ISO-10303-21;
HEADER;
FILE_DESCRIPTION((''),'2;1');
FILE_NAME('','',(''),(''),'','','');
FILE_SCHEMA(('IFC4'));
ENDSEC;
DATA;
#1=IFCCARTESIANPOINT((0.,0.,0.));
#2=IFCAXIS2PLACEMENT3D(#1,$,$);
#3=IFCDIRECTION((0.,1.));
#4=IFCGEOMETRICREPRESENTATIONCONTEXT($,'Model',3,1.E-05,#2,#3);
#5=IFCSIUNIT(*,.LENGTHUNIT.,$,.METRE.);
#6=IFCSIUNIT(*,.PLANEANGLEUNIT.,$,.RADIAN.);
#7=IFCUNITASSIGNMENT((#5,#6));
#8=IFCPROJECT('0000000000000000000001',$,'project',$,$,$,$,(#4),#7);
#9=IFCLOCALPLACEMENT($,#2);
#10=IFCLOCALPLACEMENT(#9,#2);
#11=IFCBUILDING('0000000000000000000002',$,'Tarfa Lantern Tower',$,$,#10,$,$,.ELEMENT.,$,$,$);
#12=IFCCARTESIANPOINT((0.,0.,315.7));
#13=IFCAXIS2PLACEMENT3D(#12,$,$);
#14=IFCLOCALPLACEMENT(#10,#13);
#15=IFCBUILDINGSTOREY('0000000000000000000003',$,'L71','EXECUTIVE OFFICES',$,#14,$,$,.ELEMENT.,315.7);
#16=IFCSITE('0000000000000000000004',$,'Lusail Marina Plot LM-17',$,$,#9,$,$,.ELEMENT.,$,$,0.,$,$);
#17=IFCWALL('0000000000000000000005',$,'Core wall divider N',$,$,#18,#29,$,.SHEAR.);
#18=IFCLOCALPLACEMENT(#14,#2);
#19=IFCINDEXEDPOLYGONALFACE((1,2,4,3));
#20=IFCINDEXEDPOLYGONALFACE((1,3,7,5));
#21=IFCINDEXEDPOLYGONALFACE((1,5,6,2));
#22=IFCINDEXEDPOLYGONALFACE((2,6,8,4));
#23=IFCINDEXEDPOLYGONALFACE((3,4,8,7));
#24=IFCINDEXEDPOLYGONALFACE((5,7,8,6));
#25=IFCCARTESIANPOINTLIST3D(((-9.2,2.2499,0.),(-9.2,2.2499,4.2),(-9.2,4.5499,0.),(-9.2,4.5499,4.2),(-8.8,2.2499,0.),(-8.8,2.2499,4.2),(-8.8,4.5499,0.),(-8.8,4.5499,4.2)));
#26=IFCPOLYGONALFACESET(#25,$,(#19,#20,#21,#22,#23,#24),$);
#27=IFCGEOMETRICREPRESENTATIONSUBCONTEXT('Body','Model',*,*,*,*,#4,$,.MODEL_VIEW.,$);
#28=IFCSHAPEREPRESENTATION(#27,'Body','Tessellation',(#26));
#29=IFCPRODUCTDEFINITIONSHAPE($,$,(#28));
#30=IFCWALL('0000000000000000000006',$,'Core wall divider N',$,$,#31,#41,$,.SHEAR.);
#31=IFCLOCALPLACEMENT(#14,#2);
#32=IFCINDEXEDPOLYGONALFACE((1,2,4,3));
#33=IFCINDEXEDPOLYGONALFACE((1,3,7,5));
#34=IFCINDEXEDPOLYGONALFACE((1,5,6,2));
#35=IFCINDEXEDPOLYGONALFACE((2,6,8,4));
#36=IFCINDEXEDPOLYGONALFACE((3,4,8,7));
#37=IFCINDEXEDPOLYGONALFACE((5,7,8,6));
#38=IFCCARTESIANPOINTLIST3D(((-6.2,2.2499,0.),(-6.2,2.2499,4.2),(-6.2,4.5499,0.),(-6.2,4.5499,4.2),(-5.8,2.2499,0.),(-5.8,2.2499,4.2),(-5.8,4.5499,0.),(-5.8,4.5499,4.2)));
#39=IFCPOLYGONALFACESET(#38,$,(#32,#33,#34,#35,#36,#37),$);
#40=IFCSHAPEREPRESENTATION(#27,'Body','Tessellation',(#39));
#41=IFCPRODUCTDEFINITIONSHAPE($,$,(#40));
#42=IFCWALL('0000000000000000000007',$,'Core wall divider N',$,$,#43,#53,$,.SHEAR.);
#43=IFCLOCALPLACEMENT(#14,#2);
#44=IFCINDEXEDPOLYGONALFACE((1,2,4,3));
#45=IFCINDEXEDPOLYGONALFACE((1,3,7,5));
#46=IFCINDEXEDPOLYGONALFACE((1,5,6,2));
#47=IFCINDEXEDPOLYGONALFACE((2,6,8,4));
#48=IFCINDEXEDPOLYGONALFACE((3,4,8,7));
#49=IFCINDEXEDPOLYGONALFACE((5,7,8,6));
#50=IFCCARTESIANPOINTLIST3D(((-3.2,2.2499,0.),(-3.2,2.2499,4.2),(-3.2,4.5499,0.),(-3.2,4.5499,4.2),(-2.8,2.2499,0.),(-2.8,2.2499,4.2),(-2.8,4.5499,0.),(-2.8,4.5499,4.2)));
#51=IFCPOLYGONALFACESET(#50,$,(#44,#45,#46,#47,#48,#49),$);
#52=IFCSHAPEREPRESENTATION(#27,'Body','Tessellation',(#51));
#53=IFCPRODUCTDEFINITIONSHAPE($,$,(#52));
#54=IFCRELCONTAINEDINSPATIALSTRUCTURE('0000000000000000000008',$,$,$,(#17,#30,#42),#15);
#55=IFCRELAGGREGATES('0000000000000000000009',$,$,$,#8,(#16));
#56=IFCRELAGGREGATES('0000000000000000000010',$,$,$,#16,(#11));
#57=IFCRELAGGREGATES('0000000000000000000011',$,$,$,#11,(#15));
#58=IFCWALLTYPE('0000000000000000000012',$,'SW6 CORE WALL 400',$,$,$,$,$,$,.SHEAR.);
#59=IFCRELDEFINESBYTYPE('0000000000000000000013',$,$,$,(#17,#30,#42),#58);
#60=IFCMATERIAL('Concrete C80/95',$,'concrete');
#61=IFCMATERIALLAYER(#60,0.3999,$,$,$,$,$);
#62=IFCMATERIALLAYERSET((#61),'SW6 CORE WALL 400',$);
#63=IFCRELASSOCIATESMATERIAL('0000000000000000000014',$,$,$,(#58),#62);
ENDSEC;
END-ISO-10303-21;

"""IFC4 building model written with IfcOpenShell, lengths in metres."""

from ifc_helpers import new_model, si_unit, direction, frame, frame_2d, origin, place, context, subcontext, project, spatial, rectangle, extrude, material, layer, layer_set, type_object, element, save


model = new_model("IFC4")

# Units and contexts
model_context = context("Model", 3, precision=1e-05, world=origin(), true_north=direction((0.0, 1.0)))
body_context = subcontext(model_context, "Body", "Model", "MODEL_VIEW")
ifc_project = project(units=[si_unit("LENGTHUNIT", "METRE"), si_unit("PLANEANGLEUNIT", "RADIAN")], contexts=[model_context])

# Site, building, storey
site_placement = place(None, origin())
site = spatial("IfcSite", under=ifc_project, at=site_placement, Name="Lusail Marina Plot LM-17", CompositionType="ELEMENT", RefElevation=0.0)
building_placement = place(site_placement, origin())
building = spatial("IfcBuilding", under=site, at=building_placement, Name="Tarfa Lantern Tower", CompositionType="ELEMENT")
storey_placement = place(building_placement, frame((0.0, 0.0, 315.7)))
storey = spatial("IfcBuildingStorey", under=building, at=storey_placement, Name="L71", Description="EXECUTIVE OFFICES", CompositionType="ELEMENT", Elevation=315.7)

# Shared definitions
ifc_material_1 = material(Name="Concrete C80/95", Category="concrete")

# Walls
ifc_layer_1 = layer(ifc_material_1, 0.3999)
ifc_layer_set_1 = layer_set([ifc_layer_1], Name="SW6 CORE WALL 400")
wall_type_1 = type_object("IfcWallType", Name="SW6 CORE WALL 400", PredefinedType="SHEAR", material=ifc_layer_set_1)
for number, where, z_axis, x_axis, name in (
    (1, (-9.0, 2.25, 0.0), (0.0, 0.0, 1.0), (0.0, 1.0, 0.0), "Core wall divider N"),
    (2, (-6.0, 2.25, 0.0), (0.0, 0.0, 1.0), (0.0, 1.0, 0.0), "Core wall divider N"),
    (3, (-3.0, 2.25, 0.0), (0.0, 0.0, 1.0), (0.0, 1.0, 0.0), "Core wall divider N"),
):
    element("IfcWall", number, at=place(storey_placement, frame(where, z_axis=z_axis, x_axis=x_axis)), inside=storey, type_object=wall_type_1, Name=name, PredefinedType="SHEAR", context=body_context, shape_type="SweptSolid", body=[
        extrude(rectangle(XDim=2.3, YDim=0.3999, at=frame_2d((1.1499, 0.0))), origin(), (0.0, 0.0, 1.0), 4.2),
    ])

save(model, "model.ifc")
